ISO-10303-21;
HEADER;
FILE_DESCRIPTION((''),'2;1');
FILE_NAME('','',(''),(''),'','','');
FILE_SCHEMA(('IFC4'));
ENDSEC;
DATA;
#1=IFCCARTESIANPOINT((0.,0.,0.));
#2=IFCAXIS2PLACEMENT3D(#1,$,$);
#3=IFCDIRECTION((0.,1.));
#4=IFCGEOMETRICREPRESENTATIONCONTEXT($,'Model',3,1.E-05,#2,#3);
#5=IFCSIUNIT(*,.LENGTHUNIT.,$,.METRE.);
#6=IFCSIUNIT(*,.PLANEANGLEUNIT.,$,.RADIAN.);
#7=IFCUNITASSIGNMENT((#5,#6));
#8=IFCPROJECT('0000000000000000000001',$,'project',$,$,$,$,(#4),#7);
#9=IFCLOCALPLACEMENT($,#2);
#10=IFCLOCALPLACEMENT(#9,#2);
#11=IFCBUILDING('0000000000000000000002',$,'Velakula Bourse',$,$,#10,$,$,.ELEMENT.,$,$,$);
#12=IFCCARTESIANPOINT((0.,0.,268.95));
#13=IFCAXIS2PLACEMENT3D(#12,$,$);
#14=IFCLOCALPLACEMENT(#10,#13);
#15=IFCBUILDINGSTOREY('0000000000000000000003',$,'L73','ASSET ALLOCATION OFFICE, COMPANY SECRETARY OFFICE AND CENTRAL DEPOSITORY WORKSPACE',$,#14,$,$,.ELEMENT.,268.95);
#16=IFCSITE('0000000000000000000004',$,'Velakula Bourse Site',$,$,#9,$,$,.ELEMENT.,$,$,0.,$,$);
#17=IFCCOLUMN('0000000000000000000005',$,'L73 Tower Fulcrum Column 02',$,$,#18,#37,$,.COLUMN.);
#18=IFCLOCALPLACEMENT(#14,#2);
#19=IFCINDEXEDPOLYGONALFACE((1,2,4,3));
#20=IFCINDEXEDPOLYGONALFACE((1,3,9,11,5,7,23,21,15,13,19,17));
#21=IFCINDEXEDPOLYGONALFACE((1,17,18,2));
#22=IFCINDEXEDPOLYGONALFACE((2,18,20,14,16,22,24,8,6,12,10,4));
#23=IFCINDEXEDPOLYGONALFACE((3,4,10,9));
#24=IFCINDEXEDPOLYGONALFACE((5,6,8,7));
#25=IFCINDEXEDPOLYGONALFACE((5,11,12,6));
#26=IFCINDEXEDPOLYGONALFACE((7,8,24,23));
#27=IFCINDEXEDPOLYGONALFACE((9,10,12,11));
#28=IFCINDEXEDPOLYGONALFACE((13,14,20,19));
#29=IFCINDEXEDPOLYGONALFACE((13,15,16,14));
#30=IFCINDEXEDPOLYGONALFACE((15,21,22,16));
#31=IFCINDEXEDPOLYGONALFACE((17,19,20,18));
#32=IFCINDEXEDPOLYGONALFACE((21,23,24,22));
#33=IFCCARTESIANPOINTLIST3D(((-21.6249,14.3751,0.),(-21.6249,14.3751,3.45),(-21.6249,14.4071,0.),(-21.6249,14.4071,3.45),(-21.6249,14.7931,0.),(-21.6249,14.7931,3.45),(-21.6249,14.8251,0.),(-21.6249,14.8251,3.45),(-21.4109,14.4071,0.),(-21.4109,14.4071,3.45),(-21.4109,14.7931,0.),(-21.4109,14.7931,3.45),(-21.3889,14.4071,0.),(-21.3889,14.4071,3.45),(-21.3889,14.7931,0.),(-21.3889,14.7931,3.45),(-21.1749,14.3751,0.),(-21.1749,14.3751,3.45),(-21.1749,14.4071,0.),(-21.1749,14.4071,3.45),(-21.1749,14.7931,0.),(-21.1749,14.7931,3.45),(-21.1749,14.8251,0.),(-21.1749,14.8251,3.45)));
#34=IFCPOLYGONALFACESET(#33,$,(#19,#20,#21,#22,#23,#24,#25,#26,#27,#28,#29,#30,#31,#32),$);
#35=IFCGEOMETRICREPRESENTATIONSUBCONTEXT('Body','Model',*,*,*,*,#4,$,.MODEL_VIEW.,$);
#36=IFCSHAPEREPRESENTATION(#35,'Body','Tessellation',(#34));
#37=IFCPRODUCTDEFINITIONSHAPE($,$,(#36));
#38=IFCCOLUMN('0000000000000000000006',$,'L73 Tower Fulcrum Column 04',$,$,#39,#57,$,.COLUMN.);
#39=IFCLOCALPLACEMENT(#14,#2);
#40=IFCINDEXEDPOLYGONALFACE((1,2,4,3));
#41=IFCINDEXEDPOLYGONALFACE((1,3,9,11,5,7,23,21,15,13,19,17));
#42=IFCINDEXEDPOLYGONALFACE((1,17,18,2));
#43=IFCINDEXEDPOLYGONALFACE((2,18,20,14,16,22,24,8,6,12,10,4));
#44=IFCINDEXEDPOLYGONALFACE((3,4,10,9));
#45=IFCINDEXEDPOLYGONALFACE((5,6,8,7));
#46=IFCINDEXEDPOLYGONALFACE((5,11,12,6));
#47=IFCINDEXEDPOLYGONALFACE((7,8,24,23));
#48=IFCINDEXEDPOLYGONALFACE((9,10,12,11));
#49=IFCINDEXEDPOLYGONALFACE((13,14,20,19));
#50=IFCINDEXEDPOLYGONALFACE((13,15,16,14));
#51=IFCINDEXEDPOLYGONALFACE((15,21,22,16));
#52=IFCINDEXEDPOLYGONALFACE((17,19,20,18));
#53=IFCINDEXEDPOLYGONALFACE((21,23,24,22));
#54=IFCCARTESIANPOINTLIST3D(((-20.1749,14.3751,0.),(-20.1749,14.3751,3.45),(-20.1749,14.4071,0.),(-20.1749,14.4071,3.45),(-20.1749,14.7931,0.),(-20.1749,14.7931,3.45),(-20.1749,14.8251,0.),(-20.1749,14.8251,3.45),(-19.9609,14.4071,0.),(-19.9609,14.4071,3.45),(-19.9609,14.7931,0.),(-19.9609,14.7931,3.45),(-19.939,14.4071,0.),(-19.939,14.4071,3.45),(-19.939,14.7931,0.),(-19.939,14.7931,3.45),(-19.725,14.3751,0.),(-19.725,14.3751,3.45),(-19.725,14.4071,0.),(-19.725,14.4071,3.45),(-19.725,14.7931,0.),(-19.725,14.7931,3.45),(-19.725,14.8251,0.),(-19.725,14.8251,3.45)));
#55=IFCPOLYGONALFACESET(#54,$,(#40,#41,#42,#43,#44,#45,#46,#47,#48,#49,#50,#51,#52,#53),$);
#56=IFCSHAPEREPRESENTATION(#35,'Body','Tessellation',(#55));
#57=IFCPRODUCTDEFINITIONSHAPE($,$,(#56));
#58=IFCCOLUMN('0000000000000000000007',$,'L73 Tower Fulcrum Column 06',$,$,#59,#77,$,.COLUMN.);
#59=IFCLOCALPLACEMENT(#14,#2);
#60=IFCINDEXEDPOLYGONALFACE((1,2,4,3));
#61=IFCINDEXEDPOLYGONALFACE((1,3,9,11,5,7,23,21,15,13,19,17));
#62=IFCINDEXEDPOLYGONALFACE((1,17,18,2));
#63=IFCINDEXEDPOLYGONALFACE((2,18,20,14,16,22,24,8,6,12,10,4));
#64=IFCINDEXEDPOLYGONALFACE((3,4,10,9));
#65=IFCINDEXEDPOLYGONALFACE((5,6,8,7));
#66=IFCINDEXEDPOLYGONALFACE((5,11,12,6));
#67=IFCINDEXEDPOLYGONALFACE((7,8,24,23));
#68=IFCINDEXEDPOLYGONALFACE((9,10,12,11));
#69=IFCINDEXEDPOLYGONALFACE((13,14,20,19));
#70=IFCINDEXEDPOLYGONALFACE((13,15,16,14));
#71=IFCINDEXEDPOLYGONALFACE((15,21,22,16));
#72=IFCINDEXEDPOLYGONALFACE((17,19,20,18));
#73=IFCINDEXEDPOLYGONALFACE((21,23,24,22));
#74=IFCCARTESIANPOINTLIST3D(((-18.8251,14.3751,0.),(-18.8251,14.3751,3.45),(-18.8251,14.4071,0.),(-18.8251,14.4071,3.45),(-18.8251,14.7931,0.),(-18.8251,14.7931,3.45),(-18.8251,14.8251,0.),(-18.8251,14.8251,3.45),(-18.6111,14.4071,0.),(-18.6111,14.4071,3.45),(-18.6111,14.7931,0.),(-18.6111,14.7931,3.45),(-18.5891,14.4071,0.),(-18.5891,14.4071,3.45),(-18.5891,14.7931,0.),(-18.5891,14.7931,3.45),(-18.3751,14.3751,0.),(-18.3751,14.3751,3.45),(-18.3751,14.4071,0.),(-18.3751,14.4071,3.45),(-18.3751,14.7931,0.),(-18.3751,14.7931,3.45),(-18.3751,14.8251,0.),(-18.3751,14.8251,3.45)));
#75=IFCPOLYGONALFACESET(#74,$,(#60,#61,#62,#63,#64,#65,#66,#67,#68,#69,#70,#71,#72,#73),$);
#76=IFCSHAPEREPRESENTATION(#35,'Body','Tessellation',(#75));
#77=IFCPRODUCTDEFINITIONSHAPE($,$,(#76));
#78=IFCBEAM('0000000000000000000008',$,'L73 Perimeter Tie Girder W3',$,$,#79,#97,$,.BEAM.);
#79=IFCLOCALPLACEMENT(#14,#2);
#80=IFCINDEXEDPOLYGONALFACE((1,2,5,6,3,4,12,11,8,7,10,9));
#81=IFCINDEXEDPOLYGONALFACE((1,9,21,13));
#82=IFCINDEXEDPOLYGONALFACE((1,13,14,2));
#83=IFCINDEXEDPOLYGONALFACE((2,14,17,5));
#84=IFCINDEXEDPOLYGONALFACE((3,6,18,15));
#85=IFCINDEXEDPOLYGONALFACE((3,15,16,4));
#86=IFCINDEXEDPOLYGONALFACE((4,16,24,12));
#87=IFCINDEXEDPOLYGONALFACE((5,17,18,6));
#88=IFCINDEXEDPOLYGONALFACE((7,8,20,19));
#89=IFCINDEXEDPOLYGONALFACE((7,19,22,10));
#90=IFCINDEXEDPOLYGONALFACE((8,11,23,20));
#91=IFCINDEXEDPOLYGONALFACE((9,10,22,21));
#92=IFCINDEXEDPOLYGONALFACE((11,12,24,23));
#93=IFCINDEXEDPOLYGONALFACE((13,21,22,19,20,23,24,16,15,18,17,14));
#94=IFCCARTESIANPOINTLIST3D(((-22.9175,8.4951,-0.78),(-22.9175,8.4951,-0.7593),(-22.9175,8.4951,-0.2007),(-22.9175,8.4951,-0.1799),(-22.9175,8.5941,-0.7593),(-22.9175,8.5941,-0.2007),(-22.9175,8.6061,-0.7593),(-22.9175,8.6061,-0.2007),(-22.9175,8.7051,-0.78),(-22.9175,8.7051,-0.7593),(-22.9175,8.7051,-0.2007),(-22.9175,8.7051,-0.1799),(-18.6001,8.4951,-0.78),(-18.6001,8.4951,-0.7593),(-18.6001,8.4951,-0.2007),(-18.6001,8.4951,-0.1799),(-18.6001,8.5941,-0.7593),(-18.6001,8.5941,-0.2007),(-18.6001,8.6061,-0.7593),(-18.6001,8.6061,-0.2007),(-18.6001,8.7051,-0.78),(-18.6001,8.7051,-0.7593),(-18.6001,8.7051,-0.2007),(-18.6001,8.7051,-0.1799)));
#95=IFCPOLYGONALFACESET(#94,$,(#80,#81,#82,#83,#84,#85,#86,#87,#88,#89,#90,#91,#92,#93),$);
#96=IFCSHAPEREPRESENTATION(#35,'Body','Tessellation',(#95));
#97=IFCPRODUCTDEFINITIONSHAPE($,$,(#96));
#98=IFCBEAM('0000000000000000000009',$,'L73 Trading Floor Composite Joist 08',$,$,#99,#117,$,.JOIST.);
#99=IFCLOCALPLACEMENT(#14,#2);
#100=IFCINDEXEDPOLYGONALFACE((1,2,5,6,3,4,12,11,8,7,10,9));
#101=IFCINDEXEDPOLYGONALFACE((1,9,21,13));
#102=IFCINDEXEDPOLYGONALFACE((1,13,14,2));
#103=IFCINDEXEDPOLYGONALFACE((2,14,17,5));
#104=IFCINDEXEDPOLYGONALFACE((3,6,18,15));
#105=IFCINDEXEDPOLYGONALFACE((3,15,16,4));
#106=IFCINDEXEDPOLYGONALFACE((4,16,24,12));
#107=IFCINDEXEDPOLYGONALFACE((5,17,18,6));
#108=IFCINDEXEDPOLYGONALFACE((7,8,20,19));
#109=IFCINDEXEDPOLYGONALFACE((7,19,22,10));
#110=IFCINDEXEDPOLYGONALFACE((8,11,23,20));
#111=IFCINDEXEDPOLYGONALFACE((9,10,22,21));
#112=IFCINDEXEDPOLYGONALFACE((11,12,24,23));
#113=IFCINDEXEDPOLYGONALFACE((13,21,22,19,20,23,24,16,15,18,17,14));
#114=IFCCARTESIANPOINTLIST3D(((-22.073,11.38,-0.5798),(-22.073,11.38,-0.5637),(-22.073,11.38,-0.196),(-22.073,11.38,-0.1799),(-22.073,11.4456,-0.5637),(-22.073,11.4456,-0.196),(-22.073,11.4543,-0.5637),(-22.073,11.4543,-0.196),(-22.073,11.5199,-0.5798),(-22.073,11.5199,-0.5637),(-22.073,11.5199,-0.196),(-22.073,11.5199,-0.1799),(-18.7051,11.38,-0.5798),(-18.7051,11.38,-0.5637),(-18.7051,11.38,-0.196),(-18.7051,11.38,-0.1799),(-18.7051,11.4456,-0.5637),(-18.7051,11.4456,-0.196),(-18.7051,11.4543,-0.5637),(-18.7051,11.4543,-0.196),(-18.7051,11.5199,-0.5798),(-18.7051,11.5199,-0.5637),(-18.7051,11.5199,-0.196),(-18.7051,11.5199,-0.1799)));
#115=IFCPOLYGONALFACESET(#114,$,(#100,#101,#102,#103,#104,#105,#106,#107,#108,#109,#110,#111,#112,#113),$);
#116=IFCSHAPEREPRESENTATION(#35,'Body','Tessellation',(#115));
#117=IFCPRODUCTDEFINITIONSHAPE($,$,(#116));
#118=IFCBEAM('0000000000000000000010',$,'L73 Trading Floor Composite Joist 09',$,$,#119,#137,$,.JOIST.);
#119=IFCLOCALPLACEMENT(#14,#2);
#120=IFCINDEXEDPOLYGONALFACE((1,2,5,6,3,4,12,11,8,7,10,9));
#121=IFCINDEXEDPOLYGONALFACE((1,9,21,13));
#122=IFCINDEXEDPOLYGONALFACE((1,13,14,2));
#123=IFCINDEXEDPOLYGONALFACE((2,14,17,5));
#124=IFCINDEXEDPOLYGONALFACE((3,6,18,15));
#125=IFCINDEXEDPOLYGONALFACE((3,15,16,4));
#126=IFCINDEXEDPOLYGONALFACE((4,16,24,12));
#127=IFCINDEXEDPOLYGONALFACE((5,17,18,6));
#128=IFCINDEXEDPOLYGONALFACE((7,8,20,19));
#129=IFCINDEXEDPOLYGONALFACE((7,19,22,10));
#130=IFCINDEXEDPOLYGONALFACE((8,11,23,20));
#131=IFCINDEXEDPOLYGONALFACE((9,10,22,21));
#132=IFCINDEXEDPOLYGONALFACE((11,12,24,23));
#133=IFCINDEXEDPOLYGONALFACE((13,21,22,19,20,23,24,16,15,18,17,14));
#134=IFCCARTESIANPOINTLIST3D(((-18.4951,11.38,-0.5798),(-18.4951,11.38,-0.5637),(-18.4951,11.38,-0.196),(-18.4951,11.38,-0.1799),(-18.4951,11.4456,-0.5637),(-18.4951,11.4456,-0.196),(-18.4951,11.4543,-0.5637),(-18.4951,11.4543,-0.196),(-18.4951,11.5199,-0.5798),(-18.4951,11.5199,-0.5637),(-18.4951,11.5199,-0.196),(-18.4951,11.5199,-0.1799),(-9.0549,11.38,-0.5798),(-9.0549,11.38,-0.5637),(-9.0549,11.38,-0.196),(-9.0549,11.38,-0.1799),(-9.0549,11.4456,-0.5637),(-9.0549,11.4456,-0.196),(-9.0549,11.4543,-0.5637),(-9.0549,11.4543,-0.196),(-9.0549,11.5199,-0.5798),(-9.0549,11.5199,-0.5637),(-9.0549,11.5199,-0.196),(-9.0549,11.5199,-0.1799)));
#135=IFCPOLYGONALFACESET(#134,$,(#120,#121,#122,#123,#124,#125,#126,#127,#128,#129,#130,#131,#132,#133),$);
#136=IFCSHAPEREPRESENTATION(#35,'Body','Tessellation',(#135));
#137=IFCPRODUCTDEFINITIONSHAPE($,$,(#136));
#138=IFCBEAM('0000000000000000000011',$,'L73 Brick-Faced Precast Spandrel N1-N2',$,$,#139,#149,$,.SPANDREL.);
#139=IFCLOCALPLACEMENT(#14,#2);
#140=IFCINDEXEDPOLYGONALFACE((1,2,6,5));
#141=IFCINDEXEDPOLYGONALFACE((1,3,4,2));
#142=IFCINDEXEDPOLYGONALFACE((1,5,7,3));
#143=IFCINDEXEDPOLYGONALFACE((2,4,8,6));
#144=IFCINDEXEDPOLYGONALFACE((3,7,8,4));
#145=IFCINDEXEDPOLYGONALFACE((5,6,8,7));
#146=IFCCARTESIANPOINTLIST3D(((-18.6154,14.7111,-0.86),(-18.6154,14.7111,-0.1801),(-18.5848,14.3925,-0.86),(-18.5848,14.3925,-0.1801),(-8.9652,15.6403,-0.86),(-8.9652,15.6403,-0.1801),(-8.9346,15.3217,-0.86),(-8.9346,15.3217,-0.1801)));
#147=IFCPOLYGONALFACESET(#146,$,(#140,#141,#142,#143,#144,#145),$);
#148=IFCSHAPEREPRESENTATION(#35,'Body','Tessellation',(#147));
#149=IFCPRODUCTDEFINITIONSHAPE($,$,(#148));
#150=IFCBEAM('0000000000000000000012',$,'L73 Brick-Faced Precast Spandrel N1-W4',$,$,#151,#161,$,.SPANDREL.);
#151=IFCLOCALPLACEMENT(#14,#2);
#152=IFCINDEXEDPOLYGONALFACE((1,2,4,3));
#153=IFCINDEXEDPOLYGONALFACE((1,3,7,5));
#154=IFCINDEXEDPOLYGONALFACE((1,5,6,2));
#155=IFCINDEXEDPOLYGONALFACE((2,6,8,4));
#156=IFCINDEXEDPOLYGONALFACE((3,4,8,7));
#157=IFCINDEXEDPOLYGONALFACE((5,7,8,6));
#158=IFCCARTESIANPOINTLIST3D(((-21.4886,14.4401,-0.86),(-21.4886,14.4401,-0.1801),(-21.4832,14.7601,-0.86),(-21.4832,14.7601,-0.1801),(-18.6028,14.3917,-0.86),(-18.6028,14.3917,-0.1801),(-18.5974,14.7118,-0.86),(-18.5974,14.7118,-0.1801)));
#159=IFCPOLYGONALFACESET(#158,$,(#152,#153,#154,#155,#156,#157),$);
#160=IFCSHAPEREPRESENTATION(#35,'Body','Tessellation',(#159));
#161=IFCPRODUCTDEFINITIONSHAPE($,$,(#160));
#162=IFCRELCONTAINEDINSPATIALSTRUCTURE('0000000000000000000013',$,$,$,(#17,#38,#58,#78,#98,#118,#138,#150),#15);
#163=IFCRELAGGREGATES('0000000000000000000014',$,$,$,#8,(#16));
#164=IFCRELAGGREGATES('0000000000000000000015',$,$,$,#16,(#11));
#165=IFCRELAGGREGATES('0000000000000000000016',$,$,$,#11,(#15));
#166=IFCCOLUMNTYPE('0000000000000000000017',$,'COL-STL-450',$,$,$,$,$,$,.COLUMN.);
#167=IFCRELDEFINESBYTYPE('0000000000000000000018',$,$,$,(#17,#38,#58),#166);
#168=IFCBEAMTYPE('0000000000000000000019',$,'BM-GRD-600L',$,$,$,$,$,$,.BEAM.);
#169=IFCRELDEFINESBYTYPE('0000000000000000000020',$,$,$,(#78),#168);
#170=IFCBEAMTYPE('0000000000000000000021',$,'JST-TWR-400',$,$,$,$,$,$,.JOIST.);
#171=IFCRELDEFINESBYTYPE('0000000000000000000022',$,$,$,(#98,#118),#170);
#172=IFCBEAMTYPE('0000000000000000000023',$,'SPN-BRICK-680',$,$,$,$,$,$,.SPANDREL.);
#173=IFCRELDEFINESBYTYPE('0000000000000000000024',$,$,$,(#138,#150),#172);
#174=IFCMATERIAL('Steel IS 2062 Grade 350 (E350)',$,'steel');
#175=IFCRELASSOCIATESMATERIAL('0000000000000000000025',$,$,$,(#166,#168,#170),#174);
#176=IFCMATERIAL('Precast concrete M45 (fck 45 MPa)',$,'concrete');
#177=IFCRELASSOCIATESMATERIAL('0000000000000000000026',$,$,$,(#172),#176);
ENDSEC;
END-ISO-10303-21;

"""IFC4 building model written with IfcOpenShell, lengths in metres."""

from ifc_helpers import new_model, si_unit, direction, frame, origin, origin_2d, place, context, subcontext, project, spatial, rectangle, i_section, extrude, material, material_profile, profile_set, type_object, element, save


model = new_model("IFC4")

# Units and contexts
model_context = context("Model", 3, precision=1e-05, world=origin(), true_north=direction((0.0, 1.0)))
body_context = subcontext(model_context, "Body", "Model", "MODEL_VIEW")
ifc_project = project(units=[si_unit("LENGTHUNIT", "METRE"), si_unit("PLANEANGLEUNIT", "RADIAN")], contexts=[model_context])

# Site, building, storey
site_placement = place(None, origin())
site = spatial("IfcSite", under=ifc_project, at=site_placement, Name="Velakula Bourse Site", CompositionType="ELEMENT", RefElevation=0.0)
building_placement = place(site_placement, origin())
building = spatial("IfcBuilding", under=site, at=building_placement, Name="Velakula Bourse", CompositionType="ELEMENT")
storey_placement = place(building_placement, frame((0.0, 0.0, 268.95)))
storey = spatial("IfcBuildingStorey", under=building, at=storey_placement, Name="L73", Description="ASSET ALLOCATION OFFICE, COMPANY SECRETARY OFFICE AND CENTRAL DEPOSITORY WORKSPACE", CompositionType="ELEMENT", Elevation=268.95)

# Columns
ifc_material_1 = material(Name="Steel IS 2062 Grade 350 (E350)", Category="steel")
ifc_material_profile_1 = material_profile(ifc_material_1, i_section(OverallWidth=0.45, OverallDepth=0.45, WebThickness=0.022, FlangeThickness=0.032, at=origin_2d()), Name="Steel IS 2062 Grade 350 (E350)")
ifc_profile_set_1 = profile_set([ifc_material_profile_1], Name="Steel IS 2062 Grade 350 (E350)")
column_type = type_object("IfcColumnType", Name="COL-STL-450", PredefinedType="COLUMN", material=ifc_profile_set_1)
for number, where, z_axis, x_axis, name in (
    (1, (-21.3999, 14.6001, 0.0), (0.0, 0.0, 1.0), (1.0, 0.0, 0.0), "L73 Tower Fulcrum Column 02"),
    (2, (-19.95, 14.6001, 0.0), (0.0, 0.0, 1.0), (1.0, 0.0, 0.0), "L73 Tower Fulcrum Column 04"),
    (3, (-18.6001, 14.6001, 0.0), (0.0, 0.0, 1.0), (1.0, 0.0, 0.0), "L73 Tower Fulcrum Column 06"),
):
    element("IfcColumn", number, at=place(storey_placement, frame(where, z_axis=z_axis, x_axis=x_axis)), inside=storey, type_object=column_type, Name=name, PredefinedType="COLUMN", context=body_context, shape_type="SweptSolid", body=[
        extrude(i_section(OverallWidth=0.45, OverallDepth=0.45, WebThickness=0.022, FlangeThickness=0.032, at=origin_2d()), origin(), (0.0, 0.0, 1.0), 3.45),
    ])

# Beams
ifc_material_profile_2 = material_profile(ifc_material_1, i_section(OverallWidth=0.21, OverallDepth=0.6001, WebThickness=0.012, FlangeThickness=0.0208, at=origin_2d()), Name="Steel IS 2062 Grade 350 (E350)")
ifc_profile_set_2 = profile_set([ifc_material_profile_2], Name="Steel IS 2062 Grade 350 (E350)")
beam_type_1 = type_object("IfcBeamType", Name="BM-GRD-600L", PredefinedType="BEAM", material=ifc_profile_set_2)
beam_1_placement = place(storey_placement, frame((-18.6001, 8.6001, -0.48), z_axis=(-1.0, 0.0, 0.0), x_axis=(0.0, -1.0, 0.0)))
element("IfcBeam", 4, at=beam_1_placement, inside=storey, type_object=beam_type_1, Name="L73 Perimeter Tie Girder W3", PredefinedType="BEAM", context=body_context, shape_type="SweptSolid", body=[
    extrude(i_section(OverallWidth=0.21, OverallDepth=0.6001, WebThickness=0.012, FlangeThickness=0.0208, at=origin_2d()), origin(), (0.0, 0.0, 1.0), 4.3174),
])
ifc_material_profile_3 = material_profile(ifc_material_1, i_section(OverallWidth=0.1399, OverallDepth=0.3999, WebThickness=0.0088, FlangeThickness=0.0161, at=origin_2d()), Name="Steel IS 2062 Grade 350 (E350)")
ifc_profile_set_3 = profile_set([ifc_material_profile_3], Name="Steel IS 2062 Grade 350 (E350)")
beam_type_2 = type_object("IfcBeamType", Name="JST-TWR-400", PredefinedType="JOIST", material=ifc_profile_set_3)
beam_2_placement = place(storey_placement, frame((-22.073, 11.45, -0.3799), z_axis=(1.0, 0.0, 0.0), x_axis=(0.0, 1.0, 0.0)))
element("IfcBeam", 5, at=beam_2_placement, inside=storey, type_object=beam_type_2, Name="L73 Trading Floor Composite Joist 08", PredefinedType="JOIST", context=body_context, shape_type="SweptSolid", body=[
    extrude(i_section(OverallWidth=0.1399, OverallDepth=0.3999, WebThickness=0.0088, FlangeThickness=0.0161, at=origin_2d()), origin(), (0.0, 0.0, 1.0), 3.3679),
])
beam_3_placement = place(storey_placement, frame((-18.4951, 11.45, -0.3799), z_axis=(1.0, 0.0, 0.0), x_axis=(0.0, 1.0, 0.0)))
element("IfcBeam", 6, at=beam_3_placement, inside=storey, type_object=beam_type_2, Name="L73 Trading Floor Composite Joist 09", PredefinedType="JOIST", context=body_context, shape_type="SweptSolid", body=[
    extrude(i_section(OverallWidth=0.1399, OverallDepth=0.3999, WebThickness=0.0088, FlangeThickness=0.0161, at=origin_2d()), origin(), (0.0, 0.0, 1.0), 9.4402),
])
ifc_material_2 = material(Name="Precast concrete M45 (fck 45 MPa)", Category="concrete")
ifc_material_profile_4 = material_profile(ifc_material_2, rectangle(XDim=0.3201, YDim=0.6799, at=origin_2d()), Name="Precast concrete M45 (fck 45 MPa)")
ifc_profile_set_4 = profile_set([ifc_material_profile_4], Name="Precast concrete M45 (fck 45 MPa)")
beam_type_3 = type_object("IfcBeamType", Name="SPN-BRICK-680", PredefinedType="SPANDREL", material=ifc_profile_set_4)
beam_4_placement = place(storey_placement, frame((-18.6001, 14.5518, -0.52), z_axis=(0.995396, 0.095845, 0.0), x_axis=(-0.095845, 0.995396, 0.0)))
element("IfcBeam", 7, at=beam_4_placement, inside=storey, type_object=beam_type_3, Name="L73 Brick-Faced Precast Spandrel N1-N2", PredefinedType="SPANDREL", context=body_context, shape_type="SweptSolid", body=[
    extrude(rectangle(XDim=0.3201, YDim=0.6799, at=origin_2d()), origin(), (0.0, 0.0, 1.0), 9.6948),
])
beam_5_placement = place(storey_placement, frame((-18.6001, 14.5518, -0.52), z_axis=(-0.99986, 0.016749, 0.0), x_axis=(-0.016749, -0.99986, 0.0)))
element("IfcBeam", 8, at=beam_5_placement, inside=storey, type_object=beam_type_3, Name="L73 Brick-Faced Precast Spandrel N1-W4", PredefinedType="SPANDREL", context=body_context, shape_type="SweptSolid", body=[
    extrude(rectangle(XDim=0.3201, YDim=0.6799, at=origin_2d()), origin(), (0.0, 0.0, 1.0), 2.8862),
])

save(model, "model.ifc")
